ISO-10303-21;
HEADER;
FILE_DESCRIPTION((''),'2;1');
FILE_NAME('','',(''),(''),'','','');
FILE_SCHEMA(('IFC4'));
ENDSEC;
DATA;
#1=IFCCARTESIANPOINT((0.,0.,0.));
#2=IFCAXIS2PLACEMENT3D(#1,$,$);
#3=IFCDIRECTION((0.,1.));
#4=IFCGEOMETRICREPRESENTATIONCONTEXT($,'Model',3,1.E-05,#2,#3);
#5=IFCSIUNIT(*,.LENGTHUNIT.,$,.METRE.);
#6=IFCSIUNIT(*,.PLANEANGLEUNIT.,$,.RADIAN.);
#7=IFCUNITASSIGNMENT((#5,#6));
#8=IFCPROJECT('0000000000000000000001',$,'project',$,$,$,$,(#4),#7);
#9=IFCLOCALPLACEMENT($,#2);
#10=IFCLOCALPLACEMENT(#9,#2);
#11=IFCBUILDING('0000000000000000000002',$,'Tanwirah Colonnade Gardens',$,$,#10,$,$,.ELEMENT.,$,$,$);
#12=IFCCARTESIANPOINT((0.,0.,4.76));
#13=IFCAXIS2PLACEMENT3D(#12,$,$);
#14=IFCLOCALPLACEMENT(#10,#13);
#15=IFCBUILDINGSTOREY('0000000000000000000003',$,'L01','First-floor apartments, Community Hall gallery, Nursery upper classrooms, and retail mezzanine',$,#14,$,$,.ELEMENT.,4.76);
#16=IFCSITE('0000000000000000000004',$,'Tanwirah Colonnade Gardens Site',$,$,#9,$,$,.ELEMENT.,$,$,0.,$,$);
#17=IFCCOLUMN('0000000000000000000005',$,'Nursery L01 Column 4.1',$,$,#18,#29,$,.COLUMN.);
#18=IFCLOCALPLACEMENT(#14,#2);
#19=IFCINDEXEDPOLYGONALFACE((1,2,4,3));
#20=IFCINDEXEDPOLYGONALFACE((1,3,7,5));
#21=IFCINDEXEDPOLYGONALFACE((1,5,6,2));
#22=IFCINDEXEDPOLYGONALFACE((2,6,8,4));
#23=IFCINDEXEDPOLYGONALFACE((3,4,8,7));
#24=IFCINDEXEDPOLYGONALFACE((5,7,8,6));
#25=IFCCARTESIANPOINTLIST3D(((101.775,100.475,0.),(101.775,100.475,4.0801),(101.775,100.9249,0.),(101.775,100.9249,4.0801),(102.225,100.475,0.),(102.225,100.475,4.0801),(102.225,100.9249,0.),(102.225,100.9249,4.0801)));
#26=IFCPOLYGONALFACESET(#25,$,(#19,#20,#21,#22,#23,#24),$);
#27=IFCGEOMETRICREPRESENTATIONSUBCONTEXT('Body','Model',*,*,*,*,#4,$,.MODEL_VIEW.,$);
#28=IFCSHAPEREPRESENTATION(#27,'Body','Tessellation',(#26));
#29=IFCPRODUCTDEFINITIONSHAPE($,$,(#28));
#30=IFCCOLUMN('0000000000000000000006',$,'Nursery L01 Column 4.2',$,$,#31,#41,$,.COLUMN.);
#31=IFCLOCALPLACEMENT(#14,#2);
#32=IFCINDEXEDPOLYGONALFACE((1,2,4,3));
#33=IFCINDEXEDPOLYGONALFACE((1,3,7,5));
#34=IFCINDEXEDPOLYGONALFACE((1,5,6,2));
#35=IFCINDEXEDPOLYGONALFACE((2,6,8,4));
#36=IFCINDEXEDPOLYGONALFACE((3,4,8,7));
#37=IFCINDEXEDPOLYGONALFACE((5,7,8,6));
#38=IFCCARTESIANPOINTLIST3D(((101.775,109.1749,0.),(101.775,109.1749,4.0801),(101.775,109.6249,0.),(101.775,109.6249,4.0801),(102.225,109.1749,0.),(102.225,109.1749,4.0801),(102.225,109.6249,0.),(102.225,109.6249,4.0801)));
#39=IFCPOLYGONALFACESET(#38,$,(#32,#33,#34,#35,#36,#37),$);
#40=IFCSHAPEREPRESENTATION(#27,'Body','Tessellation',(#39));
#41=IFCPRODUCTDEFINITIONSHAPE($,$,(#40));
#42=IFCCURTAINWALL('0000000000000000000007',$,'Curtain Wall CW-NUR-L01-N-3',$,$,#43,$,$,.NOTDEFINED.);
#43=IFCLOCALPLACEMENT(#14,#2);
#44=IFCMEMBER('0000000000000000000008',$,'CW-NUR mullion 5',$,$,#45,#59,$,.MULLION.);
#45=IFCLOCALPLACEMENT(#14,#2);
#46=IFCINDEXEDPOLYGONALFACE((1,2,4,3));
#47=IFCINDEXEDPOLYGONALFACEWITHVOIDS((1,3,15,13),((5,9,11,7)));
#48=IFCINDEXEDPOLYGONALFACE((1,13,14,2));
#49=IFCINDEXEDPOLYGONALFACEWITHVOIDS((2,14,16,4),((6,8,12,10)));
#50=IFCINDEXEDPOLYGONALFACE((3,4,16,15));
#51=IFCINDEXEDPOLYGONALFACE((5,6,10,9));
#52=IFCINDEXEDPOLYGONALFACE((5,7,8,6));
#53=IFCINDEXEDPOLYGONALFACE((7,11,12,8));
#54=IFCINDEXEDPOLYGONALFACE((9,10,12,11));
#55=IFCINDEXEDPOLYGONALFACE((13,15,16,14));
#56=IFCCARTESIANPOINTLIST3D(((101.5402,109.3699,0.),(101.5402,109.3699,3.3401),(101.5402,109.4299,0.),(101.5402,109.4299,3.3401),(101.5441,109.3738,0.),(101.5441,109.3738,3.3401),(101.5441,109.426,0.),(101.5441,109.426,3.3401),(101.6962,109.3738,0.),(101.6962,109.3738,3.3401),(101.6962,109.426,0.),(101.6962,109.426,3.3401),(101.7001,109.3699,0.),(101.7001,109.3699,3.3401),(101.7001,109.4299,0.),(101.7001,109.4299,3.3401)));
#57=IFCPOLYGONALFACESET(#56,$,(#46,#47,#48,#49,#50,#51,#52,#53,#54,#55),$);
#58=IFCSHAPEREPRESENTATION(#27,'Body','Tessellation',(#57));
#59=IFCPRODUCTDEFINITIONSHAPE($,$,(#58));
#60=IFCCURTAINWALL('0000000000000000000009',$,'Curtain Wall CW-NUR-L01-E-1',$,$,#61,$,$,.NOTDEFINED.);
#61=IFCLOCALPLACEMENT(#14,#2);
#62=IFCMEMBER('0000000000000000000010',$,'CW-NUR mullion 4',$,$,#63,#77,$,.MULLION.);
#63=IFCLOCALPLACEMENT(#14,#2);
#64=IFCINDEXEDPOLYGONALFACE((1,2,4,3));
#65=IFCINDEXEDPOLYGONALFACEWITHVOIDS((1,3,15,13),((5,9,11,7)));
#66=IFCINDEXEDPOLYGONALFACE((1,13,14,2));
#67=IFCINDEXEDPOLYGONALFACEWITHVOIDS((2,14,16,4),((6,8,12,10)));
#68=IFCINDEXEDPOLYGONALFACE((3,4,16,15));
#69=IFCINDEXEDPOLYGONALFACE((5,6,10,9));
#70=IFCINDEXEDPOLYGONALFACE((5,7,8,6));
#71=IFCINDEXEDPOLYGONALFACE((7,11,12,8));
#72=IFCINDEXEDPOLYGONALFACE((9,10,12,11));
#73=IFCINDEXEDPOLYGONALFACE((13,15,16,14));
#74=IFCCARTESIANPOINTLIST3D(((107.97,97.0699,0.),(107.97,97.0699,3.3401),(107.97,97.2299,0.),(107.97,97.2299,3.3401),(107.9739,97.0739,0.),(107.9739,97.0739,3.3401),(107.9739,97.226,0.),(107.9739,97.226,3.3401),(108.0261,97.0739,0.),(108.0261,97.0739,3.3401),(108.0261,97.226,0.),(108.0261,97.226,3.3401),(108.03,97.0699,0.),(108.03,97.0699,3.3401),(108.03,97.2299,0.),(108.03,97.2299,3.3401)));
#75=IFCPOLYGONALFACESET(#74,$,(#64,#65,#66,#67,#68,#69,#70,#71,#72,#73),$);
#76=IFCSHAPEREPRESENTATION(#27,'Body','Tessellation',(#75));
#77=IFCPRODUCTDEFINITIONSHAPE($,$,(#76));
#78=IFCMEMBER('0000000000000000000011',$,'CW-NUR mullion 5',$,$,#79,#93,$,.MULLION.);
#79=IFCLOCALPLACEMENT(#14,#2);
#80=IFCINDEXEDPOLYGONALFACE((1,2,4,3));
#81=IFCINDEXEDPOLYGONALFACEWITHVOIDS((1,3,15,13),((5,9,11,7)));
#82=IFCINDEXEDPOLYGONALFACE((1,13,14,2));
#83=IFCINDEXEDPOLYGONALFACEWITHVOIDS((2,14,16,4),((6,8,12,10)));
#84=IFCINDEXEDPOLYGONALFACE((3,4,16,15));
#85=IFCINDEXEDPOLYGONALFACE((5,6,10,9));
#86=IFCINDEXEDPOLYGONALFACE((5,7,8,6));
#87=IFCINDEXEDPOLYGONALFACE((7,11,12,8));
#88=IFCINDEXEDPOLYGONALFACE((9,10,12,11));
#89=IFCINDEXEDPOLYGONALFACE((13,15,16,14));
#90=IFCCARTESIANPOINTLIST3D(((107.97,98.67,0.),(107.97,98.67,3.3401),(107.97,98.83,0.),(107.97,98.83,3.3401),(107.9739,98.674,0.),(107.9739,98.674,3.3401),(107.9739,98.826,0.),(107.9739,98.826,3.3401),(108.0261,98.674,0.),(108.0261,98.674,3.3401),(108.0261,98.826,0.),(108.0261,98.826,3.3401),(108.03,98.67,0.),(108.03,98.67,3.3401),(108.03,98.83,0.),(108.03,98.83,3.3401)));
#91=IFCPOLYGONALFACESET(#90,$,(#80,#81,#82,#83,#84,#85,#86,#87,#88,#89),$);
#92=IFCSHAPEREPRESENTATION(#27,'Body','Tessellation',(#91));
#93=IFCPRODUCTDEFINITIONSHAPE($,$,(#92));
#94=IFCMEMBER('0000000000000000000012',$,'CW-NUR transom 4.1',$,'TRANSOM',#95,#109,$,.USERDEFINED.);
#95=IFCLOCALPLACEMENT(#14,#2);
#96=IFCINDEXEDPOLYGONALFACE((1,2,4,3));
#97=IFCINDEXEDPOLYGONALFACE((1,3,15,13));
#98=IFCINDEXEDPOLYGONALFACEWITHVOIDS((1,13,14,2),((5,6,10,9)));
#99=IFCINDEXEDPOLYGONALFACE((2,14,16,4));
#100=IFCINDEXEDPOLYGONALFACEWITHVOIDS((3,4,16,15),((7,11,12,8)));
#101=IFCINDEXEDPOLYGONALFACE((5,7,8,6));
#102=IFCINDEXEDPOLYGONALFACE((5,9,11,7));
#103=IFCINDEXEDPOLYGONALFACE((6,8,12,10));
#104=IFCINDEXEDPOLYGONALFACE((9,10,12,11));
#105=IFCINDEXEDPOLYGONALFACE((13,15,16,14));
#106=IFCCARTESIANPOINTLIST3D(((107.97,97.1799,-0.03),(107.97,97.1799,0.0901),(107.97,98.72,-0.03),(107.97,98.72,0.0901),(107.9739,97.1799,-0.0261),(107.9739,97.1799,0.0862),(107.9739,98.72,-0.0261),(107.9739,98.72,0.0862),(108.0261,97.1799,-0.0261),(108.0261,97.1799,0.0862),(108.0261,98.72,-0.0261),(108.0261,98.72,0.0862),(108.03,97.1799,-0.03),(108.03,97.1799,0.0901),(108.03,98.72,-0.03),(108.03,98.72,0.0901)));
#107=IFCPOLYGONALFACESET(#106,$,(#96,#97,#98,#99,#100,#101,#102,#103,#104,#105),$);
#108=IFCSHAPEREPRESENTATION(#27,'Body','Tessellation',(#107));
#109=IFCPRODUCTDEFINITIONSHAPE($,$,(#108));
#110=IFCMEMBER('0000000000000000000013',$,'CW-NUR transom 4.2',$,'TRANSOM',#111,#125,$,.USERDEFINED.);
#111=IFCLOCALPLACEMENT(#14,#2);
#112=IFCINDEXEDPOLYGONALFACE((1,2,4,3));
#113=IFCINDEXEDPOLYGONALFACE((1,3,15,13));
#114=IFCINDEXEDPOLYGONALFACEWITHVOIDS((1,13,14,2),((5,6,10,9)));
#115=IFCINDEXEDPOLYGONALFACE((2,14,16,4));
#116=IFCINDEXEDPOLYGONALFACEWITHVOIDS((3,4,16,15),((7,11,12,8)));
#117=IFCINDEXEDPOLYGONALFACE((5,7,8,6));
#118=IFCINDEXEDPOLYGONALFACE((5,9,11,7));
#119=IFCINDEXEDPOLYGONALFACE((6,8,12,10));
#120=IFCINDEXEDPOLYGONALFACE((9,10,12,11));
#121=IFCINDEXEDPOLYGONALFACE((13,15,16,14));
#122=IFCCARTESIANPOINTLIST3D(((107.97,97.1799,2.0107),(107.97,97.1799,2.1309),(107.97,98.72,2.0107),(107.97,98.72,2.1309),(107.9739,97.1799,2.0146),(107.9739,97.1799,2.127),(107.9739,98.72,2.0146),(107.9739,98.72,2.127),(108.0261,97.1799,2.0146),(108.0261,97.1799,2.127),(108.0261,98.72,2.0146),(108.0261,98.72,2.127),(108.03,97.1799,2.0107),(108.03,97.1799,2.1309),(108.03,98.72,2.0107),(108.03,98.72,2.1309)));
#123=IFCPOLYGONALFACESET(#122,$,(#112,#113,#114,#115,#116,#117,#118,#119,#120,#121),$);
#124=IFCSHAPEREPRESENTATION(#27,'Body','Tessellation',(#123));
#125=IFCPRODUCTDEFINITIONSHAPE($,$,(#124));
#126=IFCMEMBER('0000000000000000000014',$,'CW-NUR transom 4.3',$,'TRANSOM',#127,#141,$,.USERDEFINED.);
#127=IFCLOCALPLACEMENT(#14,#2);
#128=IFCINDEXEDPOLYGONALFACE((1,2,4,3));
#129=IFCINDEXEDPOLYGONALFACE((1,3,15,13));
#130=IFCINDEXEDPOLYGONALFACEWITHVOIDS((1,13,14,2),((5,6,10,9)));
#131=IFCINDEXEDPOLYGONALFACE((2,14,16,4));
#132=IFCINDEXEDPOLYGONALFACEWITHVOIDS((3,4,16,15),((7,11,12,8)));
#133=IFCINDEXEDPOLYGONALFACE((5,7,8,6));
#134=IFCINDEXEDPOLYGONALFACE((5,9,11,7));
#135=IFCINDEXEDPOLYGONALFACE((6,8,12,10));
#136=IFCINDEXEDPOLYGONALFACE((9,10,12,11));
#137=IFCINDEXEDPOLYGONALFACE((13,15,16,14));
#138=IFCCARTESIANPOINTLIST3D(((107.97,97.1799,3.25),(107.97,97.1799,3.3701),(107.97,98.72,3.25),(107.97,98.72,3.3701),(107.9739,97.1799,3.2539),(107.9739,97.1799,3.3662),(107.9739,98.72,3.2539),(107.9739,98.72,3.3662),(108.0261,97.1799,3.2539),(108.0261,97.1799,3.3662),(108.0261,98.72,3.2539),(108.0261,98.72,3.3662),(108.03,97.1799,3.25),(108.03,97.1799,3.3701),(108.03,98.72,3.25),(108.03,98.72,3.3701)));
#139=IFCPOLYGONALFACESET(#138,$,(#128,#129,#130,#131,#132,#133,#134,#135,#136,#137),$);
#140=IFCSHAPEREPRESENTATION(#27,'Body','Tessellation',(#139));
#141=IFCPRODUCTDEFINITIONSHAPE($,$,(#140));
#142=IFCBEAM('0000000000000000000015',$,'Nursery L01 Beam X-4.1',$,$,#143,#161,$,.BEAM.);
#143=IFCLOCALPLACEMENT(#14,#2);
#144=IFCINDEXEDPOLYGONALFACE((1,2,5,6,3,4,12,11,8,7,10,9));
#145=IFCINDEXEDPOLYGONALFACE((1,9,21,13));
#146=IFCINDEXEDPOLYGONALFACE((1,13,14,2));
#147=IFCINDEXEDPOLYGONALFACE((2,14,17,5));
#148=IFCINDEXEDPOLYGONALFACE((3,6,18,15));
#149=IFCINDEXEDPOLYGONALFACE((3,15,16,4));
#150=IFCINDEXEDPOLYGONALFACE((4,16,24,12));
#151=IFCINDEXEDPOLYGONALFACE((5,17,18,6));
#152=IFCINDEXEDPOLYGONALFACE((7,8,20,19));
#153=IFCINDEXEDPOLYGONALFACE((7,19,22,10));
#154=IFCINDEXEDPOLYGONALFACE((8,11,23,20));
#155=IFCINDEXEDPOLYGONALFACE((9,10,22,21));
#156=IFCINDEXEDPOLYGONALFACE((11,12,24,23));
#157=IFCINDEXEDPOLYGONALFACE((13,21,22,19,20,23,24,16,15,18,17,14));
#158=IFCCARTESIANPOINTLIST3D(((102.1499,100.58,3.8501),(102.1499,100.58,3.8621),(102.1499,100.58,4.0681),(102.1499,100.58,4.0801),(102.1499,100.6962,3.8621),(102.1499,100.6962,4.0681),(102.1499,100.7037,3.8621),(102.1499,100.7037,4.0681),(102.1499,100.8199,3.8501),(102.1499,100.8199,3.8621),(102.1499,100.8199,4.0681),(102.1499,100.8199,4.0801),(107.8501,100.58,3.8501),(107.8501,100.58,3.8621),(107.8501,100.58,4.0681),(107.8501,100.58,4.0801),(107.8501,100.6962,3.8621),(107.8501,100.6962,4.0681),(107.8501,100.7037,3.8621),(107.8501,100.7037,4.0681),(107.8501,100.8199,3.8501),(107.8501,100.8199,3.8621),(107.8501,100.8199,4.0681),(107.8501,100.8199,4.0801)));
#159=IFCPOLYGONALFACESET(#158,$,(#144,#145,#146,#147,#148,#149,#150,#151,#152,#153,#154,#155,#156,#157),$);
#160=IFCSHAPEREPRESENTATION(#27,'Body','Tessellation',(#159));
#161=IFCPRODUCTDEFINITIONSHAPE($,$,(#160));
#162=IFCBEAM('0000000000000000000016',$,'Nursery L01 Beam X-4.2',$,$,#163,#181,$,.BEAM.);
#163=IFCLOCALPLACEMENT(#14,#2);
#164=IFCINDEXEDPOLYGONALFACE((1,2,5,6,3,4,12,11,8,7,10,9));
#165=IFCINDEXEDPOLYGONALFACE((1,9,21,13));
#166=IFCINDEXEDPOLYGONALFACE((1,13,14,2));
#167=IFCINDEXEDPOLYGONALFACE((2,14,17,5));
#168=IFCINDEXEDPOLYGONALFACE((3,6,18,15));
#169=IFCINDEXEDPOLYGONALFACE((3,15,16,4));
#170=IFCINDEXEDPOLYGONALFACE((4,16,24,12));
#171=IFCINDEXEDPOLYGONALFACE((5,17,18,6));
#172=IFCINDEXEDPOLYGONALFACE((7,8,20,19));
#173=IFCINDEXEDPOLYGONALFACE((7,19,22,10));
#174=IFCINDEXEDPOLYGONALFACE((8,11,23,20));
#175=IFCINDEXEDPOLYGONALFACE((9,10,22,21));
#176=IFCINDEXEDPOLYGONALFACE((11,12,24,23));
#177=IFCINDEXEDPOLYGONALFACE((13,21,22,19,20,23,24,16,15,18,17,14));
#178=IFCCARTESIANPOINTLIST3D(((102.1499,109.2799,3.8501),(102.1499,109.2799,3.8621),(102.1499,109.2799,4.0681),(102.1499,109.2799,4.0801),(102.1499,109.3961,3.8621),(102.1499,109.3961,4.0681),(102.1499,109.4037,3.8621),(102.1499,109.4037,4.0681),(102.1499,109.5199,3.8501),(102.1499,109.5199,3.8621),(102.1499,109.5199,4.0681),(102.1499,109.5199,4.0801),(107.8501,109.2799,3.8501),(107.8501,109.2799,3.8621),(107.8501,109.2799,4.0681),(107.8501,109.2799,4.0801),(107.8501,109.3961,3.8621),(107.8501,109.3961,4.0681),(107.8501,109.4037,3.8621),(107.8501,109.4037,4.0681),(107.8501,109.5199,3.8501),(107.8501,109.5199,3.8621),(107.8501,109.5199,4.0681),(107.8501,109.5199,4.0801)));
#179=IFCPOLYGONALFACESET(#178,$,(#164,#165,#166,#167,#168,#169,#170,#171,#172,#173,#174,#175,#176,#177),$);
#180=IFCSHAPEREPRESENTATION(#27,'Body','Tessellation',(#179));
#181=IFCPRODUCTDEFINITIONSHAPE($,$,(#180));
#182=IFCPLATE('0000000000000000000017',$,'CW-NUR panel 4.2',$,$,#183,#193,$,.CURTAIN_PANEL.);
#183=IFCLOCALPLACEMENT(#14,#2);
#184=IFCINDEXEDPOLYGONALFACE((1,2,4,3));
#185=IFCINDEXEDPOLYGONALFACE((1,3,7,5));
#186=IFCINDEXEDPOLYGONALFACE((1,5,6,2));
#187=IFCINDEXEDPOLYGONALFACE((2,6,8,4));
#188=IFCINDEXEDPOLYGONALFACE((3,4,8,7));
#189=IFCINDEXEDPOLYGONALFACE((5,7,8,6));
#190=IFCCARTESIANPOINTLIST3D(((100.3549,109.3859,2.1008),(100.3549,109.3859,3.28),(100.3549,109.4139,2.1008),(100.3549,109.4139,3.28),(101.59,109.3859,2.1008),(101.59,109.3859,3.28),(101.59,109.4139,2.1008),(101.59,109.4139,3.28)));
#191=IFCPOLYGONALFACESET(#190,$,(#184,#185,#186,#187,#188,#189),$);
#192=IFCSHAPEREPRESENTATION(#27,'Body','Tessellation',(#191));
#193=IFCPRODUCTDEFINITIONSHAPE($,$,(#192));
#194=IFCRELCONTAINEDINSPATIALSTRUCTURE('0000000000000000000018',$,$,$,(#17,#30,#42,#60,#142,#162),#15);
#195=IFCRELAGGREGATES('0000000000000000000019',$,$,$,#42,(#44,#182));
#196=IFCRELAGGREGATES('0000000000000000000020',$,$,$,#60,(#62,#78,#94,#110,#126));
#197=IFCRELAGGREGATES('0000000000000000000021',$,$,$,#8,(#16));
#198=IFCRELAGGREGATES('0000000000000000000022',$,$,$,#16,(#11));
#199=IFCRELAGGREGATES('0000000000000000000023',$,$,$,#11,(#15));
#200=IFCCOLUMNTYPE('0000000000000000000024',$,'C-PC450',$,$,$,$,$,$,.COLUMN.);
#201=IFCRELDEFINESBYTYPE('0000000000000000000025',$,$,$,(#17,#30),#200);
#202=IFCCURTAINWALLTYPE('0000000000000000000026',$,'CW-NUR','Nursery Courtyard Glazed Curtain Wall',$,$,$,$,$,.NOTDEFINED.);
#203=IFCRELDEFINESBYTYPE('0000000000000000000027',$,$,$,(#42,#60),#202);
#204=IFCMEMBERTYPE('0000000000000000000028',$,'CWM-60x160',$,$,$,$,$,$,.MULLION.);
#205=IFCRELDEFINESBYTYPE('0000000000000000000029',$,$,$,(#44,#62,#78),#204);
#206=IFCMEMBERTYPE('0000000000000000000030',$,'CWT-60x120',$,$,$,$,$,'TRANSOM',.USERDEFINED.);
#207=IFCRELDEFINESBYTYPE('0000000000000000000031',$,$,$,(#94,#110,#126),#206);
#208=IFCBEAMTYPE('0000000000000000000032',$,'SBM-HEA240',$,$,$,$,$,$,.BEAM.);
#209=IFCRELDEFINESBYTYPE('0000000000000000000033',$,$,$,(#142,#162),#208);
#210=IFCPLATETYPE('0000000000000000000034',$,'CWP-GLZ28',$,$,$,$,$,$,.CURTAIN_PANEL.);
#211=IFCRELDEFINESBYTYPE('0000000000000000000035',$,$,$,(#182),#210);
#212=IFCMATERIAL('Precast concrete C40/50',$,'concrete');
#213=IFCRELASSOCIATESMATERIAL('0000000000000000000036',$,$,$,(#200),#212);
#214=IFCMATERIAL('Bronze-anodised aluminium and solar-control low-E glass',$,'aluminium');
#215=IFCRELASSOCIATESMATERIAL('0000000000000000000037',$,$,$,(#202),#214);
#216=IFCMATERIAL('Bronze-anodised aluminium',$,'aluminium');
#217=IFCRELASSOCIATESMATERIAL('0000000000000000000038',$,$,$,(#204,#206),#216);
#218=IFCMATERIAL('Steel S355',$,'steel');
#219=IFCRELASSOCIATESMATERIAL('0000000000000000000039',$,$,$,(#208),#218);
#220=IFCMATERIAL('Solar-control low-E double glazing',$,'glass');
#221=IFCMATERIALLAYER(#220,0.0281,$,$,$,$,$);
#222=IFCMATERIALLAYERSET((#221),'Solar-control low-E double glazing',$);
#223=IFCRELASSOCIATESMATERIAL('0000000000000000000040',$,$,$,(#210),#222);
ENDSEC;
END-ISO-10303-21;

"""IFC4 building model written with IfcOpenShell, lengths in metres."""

from ifc_helpers import new_model, si_unit, direction, frame, origin, origin_2d, place, context, subcontext, project, spatial, rectangle, hollow_rectangle, i_section, extrude, material, layer, layer_set, material_profile, profile_set, type_object, element, aggregate, save


model = new_model("IFC4")

# Units and contexts
model_context = context("Model", 3, precision=1e-05, world=origin(), true_north=direction((0.0, 1.0)))
body_context = subcontext(model_context, "Body", "Model", "MODEL_VIEW")
ifc_project = project(units=[si_unit("LENGTHUNIT", "METRE"), si_unit("PLANEANGLEUNIT", "RADIAN")], contexts=[model_context])

# Site, building, storey
site_placement = place(None, origin())
site = spatial("IfcSite", under=ifc_project, at=site_placement, Name="Tanwirah Colonnade Gardens Site", CompositionType="ELEMENT", RefElevation=0.0)
building_placement = place(site_placement, origin())
building = spatial("IfcBuilding", under=site, at=building_placement, Name="Tanwirah Colonnade Gardens", CompositionType="ELEMENT")
storey_placement = place(building_placement, frame((0.0, 0.0, 4.76)))
storey = spatial("IfcBuildingStorey", under=building, at=storey_placement, Name="L01", Description="First-floor apartments, Community Hall gallery, Nursery upper classrooms, and retail mezzanine", CompositionType="ELEMENT", Elevation=4.76)

# Columns
ifc_material_1 = material(Name="Precast concrete C40/50", Category="concrete")
ifc_material_profile_1 = material_profile(ifc_material_1, rectangle(XDim=0.45, YDim=0.45, at=origin_2d()), Name="PC-COL 450x450")
ifc_profile_set_1 = profile_set([ifc_material_profile_1], Name="Precast concrete C40/50")
column_type = type_object("IfcColumnType", Name="C-PC450", PredefinedType="COLUMN", material=ifc_profile_set_1)
for number, where, z_axis, x_axis, name in (
    (1, (102.0, 100.7, 0.0), (0.0, 0.0, 1.0), (1.0, 0.0, 0.0), "Nursery L01 Column 4.1"),
    (2, (102.0, 109.3999, 0.0), (0.0, 0.0, 1.0), (1.0, 0.0, 0.0), "Nursery L01 Column 4.2"),
):
    element("IfcColumn", number, at=place(storey_placement, frame(where, z_axis=z_axis, x_axis=x_axis)), inside=storey, type_object=column_type, Name=name, PredefinedType="COLUMN", context=body_context, shape_type="SweptSolid", body=[
        extrude(rectangle(XDim=0.45, YDim=0.45, at=origin_2d()), origin(), (0.0, 0.0, 1.0), 4.0801),
    ])

# Curtain wall, member
ifc_material_2 = material(Name="Bronze-anodised aluminium and solar-control low-E glass", Category="aluminium")
curtain_wall_type = type_object("IfcCurtainWallType", Name="CW-NUR", Description="Nursery Courtyard Glazed Curtain Wall", PredefinedType="NOTDEFINED", material=ifc_material_2)
curtain_wall_1_placement = place(storey_placement, origin())
curtain_wall_1 = element("IfcCurtainWall", 3, at=curtain_wall_1_placement, inside=storey, type_object=curtain_wall_type, Name="Curtain Wall CW-NUR-L01-N-3", PredefinedType="NOTDEFINED")
ifc_material_3 = material(Name="Bronze-anodised aluminium", Category="aluminium")
ifc_material_profile_2 = material_profile(ifc_material_3, hollow_rectangle(XDim=0.0601, YDim=0.1599, WallThickness=0.0039, at=origin_2d()), Name="CW-MUL 60x160x4")
ifc_profile_set_2 = profile_set([ifc_material_profile_2], Name="Bronze-anodised aluminium")
member_type_1 = type_object("IfcMemberType", Name="CWM-60x160", PredefinedType="MULLION", material=ifc_profile_set_2)
member_1_placement = place(storey_placement, frame((101.6201, 109.3999, 0.0), z_axis=(0.0, 0.0, 1.0), x_axis=(0.0, 1.0, 0.0)))
member_1 = element("IfcMember", 4, at=member_1_placement, type_object=member_type_1, Name="CW-NUR mullion 5", PredefinedType="MULLION", context=body_context, shape_type="SweptSolid", body=[
    extrude(hollow_rectangle(XDim=0.0601, YDim=0.1599, WallThickness=0.0039, at=origin_2d()), origin(), (0.0, 0.0, 1.0), 3.3401),
])

# Curtain wall, members
curtain_wall_2_placement = place(storey_placement, origin())
curtain_wall_2 = element("IfcCurtainWall", 5, at=curtain_wall_2_placement, inside=storey, type_object=curtain_wall_type, Name="Curtain Wall CW-NUR-L01-E-1", PredefinedType="NOTDEFINED")
member_2_placement = place(storey_placement, frame((108.0, 97.1499, 0.0), z_axis=(0.0, 0.0, 1.0), x_axis=(-1.0, 0.0, 0.0)))
member_2 = element("IfcMember", 6, at=member_2_placement, type_object=member_type_1, Name="CW-NUR mullion 4", PredefinedType="MULLION", context=body_context, shape_type="SweptSolid", body=[
    extrude(hollow_rectangle(XDim=0.0601, YDim=0.1599, WallThickness=0.0039, at=origin_2d()), origin(), (0.0, 0.0, 1.0), 3.3401),
])
member_3_placement = place(storey_placement, frame((108.0, 98.75, 0.0), z_axis=(0.0, 0.0, 1.0), x_axis=(-1.0, 0.0, 0.0)))
member_3 = element("IfcMember", 7, at=member_3_placement, type_object=member_type_1, Name="CW-NUR mullion 5", PredefinedType="MULLION", context=body_context, shape_type="SweptSolid", body=[
    extrude(hollow_rectangle(XDim=0.0601, YDim=0.1599, WallThickness=0.0039, at=origin_2d()), origin(), (0.0, 0.0, 1.0), 3.3401),
])
ifc_material_profile_3 = material_profile(ifc_material_3, hollow_rectangle(XDim=0.0601, YDim=0.1201, WallThickness=0.0039, at=origin_2d()), Name="CW-TRN 60x120x4")
ifc_profile_set_3 = profile_set([ifc_material_profile_3], Name="Bronze-anodised aluminium")
member_type_2 = type_object("IfcMemberType", Name="CWT-60x120", ElementType="TRANSOM", PredefinedType="USERDEFINED", material=ifc_profile_set_3)
member_4_placement = place(storey_placement, frame((108.0, 97.1799, 0.03), z_axis=(0.0, 1.0, 0.0), x_axis=(-1.0, 0.0, 0.0)))
member_4 = element("IfcMember", 8, at=member_4_placement, type_object=member_type_2, Name="CW-NUR transom 4.1", ObjectType="TRANSOM", PredefinedType="USERDEFINED", context=body_context, shape_type="SweptSolid", body=[
    extrude(hollow_rectangle(XDim=0.0601, YDim=0.1201, WallThickness=0.0039, at=origin_2d()), origin(), (0.0, 0.0, 1.0), 1.54),
])
member_5_placement = place(storey_placement, frame((108.0, 97.1799, 2.0708), z_axis=(0.0, 1.0, 0.0), x_axis=(-1.0, 0.0, 0.0)))
member_5 = element("IfcMember", 9, at=member_5_placement, type_object=member_type_2, Name="CW-NUR transom 4.2", ObjectType="TRANSOM", PredefinedType="USERDEFINED", context=body_context, shape_type="SweptSolid", body=[
    extrude(hollow_rectangle(XDim=0.0601, YDim=0.1201, WallThickness=0.0039, at=origin_2d()), origin(), (0.0, 0.0, 1.0), 1.54),
])
member_6_placement = place(storey_placement, frame((108.0, 97.1799, 3.3101), z_axis=(0.0, 1.0, 0.0), x_axis=(-1.0, 0.0, 0.0)))
member_6 = element("IfcMember", 10, at=member_6_placement, type_object=member_type_2, Name="CW-NUR transom 4.3", ObjectType="TRANSOM", PredefinedType="USERDEFINED", context=body_context, shape_type="SweptSolid", body=[
    extrude(hollow_rectangle(XDim=0.0601, YDim=0.1201, WallThickness=0.0039, at=origin_2d()), origin(), (0.0, 0.0, 1.0), 1.54),
])

# Beams
ifc_material_4 = material(Name="Steel S355", Category="steel")
ifc_material_profile_4 = material_profile(ifc_material_4, i_section(OverallWidth=0.24, OverallDepth=0.23, WebThickness=0.0076, FlangeThickness=0.012, at=origin_2d()), Name="HEA 240")
ifc_profile_set_4 = profile_set([ifc_material_profile_4], Name="Steel S355")
beam_type = type_object("IfcBeamType", Name="SBM-HEA240", PredefinedType="BEAM", material=ifc_profile_set_4)
for number, where, z_axis, x_axis, name in (
    (11, (102.1499, 100.7, 3.9651), (1.0, 0.0, 0.0), (0.0, 1.0, 0.0), "Nursery L01 Beam X-4.1"),
    (12, (102.1499, 109.3999, 3.9651), (1.0, 0.0, 0.0), (0.0, 1.0, 0.0), "Nursery L01 Beam X-4.2"),
):
    element("IfcBeam", number, at=place(storey_placement, frame(where, z_axis=z_axis, x_axis=x_axis)), inside=storey, type_object=beam_type, Name=name, PredefinedType="BEAM", context=body_context, shape_type="SweptSolid", body=[
        extrude(i_section(OverallWidth=0.24, OverallDepth=0.23, WebThickness=0.0076, FlangeThickness=0.012, at=origin_2d()), origin(), (0.0, 0.0, 1.0), 5.7002),
    ])

# Plate
ifc_material_5 = material(Name="Solar-control low-E double glazing", Category="glass")
ifc_layer_1 = layer(ifc_material_5, 0.0281)
ifc_layer_set_1 = layer_set([ifc_layer_1], Name="Solar-control low-E double glazing")
plate_type = type_object("IfcPlateType", Name="CWP-GLZ28", PredefinedType="CURTAIN_PANEL", material=ifc_layer_set_1)
plate_1_placement = place(storey_placement, frame((100.9724, 109.3999, 2.1008), z_axis=(0.0, 0.0, 1.0), x_axis=(1.0, 0.0, 0.0)))
plate_1 = element("IfcPlate", 13, at=plate_1_placement, type_object=plate_type, Name="CW-NUR panel 4.2", PredefinedType="CURTAIN_PANEL", context=body_context, shape_type="SweptSolid", body=[
    extrude(rectangle(XDim=1.2351, YDim=0.0281, at=origin_2d()), origin(), (0.0, 0.0, 1.0), 1.1792),
])
aggregate(curtain_wall_1, [member_1, plate_1])
aggregate(curtain_wall_2, [member_2, member_3, member_4, member_5, member_6])

save(model, "model.ifc")
